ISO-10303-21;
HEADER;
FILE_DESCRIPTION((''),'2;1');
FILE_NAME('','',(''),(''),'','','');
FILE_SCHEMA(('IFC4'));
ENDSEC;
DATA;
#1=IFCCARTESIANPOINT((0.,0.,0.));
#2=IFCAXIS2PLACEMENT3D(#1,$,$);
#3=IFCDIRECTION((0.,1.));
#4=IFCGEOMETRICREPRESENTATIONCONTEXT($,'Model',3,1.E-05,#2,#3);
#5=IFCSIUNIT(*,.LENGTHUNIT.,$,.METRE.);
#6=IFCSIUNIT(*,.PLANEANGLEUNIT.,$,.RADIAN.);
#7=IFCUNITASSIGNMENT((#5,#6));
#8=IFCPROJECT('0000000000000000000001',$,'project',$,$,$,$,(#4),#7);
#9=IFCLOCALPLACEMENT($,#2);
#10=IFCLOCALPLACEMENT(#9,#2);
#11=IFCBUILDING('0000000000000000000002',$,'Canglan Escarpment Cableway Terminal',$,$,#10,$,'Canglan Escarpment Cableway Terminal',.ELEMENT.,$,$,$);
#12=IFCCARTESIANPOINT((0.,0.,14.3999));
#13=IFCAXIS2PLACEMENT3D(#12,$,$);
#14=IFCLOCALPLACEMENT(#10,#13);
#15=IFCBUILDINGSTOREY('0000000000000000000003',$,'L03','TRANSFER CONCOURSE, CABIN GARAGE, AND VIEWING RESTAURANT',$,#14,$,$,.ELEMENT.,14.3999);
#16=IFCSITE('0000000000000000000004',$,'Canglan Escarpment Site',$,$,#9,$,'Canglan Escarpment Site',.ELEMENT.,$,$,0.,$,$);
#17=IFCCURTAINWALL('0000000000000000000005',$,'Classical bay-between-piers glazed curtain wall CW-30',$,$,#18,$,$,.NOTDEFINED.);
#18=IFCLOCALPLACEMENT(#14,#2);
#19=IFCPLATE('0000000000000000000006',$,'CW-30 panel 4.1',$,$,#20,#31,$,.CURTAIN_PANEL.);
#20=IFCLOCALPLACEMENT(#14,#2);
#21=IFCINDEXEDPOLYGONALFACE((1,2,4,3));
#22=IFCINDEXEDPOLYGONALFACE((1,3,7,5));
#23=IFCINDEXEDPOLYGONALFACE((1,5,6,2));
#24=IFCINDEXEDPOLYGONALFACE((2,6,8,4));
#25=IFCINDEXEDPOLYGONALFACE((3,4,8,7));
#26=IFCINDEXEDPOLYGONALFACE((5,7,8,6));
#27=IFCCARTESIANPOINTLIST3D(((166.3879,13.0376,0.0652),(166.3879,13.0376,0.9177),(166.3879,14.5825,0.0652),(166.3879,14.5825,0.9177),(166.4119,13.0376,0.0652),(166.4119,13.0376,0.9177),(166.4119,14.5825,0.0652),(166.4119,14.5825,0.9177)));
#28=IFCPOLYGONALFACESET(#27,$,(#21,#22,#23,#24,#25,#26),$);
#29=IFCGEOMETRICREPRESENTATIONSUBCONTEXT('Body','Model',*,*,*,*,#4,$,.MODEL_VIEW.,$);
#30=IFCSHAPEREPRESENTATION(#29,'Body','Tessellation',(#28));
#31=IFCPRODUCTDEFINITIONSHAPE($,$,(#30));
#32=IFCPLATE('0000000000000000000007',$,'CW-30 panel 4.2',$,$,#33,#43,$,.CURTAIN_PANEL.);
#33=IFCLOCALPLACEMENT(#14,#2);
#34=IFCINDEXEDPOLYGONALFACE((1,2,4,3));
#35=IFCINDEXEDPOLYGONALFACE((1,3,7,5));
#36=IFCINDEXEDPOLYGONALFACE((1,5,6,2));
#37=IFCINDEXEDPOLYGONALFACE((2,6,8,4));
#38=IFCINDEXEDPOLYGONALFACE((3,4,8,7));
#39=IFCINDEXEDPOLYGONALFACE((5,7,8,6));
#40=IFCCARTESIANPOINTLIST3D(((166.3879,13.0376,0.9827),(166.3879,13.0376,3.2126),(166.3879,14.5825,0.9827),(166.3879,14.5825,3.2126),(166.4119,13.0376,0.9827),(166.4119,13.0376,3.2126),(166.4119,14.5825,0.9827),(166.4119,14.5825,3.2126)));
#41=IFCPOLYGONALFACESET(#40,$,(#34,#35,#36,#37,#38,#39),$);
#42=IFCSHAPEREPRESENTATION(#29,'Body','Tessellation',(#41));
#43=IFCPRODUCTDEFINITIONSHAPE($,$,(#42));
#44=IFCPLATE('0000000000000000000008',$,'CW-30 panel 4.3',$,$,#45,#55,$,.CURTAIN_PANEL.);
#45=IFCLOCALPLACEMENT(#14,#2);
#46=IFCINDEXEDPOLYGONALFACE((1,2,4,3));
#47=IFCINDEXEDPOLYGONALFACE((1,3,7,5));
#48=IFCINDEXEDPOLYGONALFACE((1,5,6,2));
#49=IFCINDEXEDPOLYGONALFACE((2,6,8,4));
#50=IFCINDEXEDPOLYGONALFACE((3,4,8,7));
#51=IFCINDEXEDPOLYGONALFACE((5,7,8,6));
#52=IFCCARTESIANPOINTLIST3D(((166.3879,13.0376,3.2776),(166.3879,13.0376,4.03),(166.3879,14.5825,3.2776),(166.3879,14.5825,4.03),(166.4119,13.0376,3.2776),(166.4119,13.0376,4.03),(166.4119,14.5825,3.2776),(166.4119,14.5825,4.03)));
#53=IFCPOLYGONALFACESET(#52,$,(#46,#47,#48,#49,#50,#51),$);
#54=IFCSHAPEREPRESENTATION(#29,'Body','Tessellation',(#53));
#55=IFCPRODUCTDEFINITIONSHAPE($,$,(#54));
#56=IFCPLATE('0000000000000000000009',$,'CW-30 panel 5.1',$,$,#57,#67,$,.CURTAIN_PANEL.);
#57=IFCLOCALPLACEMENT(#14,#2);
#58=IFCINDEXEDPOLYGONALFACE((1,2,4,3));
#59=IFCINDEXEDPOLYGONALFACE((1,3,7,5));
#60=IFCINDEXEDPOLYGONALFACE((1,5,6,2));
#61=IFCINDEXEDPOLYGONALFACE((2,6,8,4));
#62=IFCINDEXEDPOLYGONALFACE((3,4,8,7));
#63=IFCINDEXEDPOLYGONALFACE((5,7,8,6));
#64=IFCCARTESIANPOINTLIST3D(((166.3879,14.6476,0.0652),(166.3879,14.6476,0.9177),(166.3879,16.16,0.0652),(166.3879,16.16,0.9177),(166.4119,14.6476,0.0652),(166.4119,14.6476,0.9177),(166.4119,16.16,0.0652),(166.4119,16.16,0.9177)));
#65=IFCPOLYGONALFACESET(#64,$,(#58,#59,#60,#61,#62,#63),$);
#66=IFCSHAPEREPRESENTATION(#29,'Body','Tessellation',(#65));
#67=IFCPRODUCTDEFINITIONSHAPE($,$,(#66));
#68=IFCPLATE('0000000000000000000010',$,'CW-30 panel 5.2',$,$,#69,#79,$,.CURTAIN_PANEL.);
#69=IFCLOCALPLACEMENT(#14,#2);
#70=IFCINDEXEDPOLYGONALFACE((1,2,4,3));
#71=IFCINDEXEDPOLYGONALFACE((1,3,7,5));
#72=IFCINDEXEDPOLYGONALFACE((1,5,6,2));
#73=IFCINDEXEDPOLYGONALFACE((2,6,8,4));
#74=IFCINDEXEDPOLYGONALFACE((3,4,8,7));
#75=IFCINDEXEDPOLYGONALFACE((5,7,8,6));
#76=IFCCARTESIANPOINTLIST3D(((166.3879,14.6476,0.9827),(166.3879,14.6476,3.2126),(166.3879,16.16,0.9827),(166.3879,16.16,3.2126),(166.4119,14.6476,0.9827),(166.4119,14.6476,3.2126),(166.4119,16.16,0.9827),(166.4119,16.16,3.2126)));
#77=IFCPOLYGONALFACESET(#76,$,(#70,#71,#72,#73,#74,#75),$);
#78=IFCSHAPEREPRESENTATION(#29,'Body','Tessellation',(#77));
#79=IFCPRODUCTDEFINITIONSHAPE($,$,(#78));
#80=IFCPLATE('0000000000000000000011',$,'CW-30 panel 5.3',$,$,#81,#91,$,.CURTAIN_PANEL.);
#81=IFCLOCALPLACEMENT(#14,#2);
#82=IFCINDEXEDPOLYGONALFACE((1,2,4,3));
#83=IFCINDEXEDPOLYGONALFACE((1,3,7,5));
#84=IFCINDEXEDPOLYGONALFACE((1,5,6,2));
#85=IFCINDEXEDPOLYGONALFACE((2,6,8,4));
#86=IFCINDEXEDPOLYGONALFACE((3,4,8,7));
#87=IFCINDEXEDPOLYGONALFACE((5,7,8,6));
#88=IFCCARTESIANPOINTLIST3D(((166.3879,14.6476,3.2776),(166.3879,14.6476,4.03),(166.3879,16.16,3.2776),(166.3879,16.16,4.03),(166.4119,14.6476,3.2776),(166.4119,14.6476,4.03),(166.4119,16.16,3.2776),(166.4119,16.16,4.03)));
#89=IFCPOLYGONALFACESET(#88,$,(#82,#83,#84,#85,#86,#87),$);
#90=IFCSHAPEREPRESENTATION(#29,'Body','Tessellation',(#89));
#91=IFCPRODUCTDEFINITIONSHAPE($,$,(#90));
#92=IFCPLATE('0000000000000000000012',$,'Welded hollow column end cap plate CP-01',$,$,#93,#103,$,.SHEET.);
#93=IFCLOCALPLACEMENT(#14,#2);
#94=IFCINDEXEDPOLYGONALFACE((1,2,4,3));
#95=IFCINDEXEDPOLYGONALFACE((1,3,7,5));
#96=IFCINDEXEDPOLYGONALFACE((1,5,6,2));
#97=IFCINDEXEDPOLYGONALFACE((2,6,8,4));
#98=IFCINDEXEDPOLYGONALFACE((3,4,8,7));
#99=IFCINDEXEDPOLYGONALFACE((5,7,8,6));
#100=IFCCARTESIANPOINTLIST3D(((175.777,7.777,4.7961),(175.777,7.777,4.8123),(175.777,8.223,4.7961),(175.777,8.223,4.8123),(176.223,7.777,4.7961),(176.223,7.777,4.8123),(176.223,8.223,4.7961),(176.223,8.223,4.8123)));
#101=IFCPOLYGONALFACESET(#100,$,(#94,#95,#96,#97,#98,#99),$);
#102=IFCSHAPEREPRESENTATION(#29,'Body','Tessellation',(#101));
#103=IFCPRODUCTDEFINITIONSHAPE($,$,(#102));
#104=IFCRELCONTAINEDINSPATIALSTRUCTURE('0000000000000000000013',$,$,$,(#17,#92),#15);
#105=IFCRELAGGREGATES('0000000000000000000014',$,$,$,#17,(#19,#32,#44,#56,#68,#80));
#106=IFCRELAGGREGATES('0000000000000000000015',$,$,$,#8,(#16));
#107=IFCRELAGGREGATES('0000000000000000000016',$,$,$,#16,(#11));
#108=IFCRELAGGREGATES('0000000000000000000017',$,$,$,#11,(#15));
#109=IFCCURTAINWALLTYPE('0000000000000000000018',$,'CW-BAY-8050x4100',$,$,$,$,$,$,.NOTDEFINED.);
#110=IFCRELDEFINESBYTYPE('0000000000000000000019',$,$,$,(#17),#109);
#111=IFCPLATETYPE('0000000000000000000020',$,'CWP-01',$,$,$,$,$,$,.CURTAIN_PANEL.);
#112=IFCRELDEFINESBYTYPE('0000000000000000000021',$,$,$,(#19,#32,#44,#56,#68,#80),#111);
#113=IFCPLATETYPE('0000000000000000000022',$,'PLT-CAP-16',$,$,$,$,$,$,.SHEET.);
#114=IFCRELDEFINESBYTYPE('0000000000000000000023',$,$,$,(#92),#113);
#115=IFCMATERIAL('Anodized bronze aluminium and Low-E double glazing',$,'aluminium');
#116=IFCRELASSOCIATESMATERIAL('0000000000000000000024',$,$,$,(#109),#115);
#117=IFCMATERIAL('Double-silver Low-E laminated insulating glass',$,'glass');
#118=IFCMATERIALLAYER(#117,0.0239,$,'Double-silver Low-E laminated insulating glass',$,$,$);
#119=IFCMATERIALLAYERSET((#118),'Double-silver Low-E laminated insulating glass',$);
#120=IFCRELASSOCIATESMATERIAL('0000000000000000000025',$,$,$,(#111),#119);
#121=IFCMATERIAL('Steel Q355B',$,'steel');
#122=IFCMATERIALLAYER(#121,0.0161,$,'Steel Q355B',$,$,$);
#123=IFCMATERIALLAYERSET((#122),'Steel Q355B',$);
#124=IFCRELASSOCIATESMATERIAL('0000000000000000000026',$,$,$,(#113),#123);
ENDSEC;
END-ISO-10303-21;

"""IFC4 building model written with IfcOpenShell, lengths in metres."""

from ifc_helpers import new_model, si_unit, direction, frame, origin, origin_2d, place, context, subcontext, project, spatial, rectangle, extrude, material, layer, layer_set, type_object, element, aggregate, save


model = new_model("IFC4")

# Units and contexts
model_context = context("Model", 3, precision=1e-05, world=origin(), true_north=direction((0.0, 1.0)))
body_context = subcontext(model_context, "Body", "Model", "MODEL_VIEW")
ifc_project = project(units=[si_unit("LENGTHUNIT", "METRE"), si_unit("PLANEANGLEUNIT", "RADIAN")], contexts=[model_context])

# Site, building, storey
site_placement = place(None, origin())
site = spatial("IfcSite", under=ifc_project, at=site_placement, Name="Canglan Escarpment Site", LongName="Canglan Escarpment Site", CompositionType="ELEMENT", RefElevation=0.0)
building_placement = place(site_placement, origin())
building = spatial("IfcBuilding", under=site, at=building_placement, Name="Canglan Escarpment Cableway Terminal", LongName="Canglan Escarpment Cableway Terminal", CompositionType="ELEMENT")
storey_placement = place(building_placement, frame((0.0, 0.0, 14.3999)))
storey = spatial("IfcBuildingStorey", under=building, at=storey_placement, Name="L03", Description="TRANSFER CONCOURSE, CABIN GARAGE, AND VIEWING RESTAURANT", CompositionType="ELEMENT", Elevation=14.3999)

# Shared definitions
ifc_material_1 = material(Name="Steel Q355B", Category="steel")

# Curtain wall
ifc_material_2 = material(Name="Anodized bronze aluminium and Low-E double glazing", Category="aluminium")
curtain_wall_type = type_object("IfcCurtainWallType", Name="CW-BAY-8050x4100", PredefinedType="NOTDEFINED", material=ifc_material_2)
curtain_wall_placement = place(storey_placement, origin())
curtain_wall = element("IfcCurtainWall", 1, at=curtain_wall_placement, inside=storey, type_object=curtain_wall_type, Name="Classical bay-between-piers glazed curtain wall CW-30", PredefinedType="NOTDEFINED")

# Plates
ifc_material_3 = material(Name="Double-silver Low-E laminated insulating glass", Category="glass")
ifc_layer_1 = layer(ifc_material_3, 0.0239, Name="Double-silver Low-E laminated insulating glass")
ifc_layer_set_1 = layer_set([ifc_layer_1], Name="Double-silver Low-E laminated insulating glass")
plate_type_1 = type_object("IfcPlateType", Name="CWP-01", PredefinedType="CURTAIN_PANEL", material=ifc_layer_set_1)
plate_1_placement = place(storey_placement, frame((166.3999, 13.8101, 0.0652), z_axis=(0.0, 0.0, 1.0), x_axis=(0.0, 1.0, 0.0)))
plate_1 = element("IfcPlate", 2, at=plate_1_placement, type_object=plate_type_1, Name="CW-30 panel 4.1", PredefinedType="CURTAIN_PANEL", context=body_context, shape_type="SweptSolid", body=[
    extrude(rectangle(XDim=1.5449, YDim=0.0239, at=origin_2d()), origin(), (0.0, 0.0, 1.0), 0.8525),
])
plate_2_placement = place(storey_placement, frame((166.3999, 13.8101, 0.9827), z_axis=(0.0, 0.0, 1.0), x_axis=(0.0, 1.0, 0.0)))
plate_2 = element("IfcPlate", 3, at=plate_2_placement, type_object=plate_type_1, Name="CW-30 panel 4.2", PredefinedType="CURTAIN_PANEL", context=body_context, shape_type="SweptSolid", body=[
    extrude(rectangle(XDim=1.5449, YDim=0.0239, at=origin_2d()), origin(), (0.0, 0.0, 1.0), 2.23),
])
plate_3_placement = place(storey_placement, frame((166.3999, 13.8101, 3.2776), z_axis=(0.0, 0.0, 1.0), x_axis=(0.0, 1.0, 0.0)))
plate_3 = element("IfcPlate", 4, at=plate_3_placement, type_object=plate_type_1, Name="CW-30 panel 4.3", PredefinedType="CURTAIN_PANEL", context=body_context, shape_type="SweptSolid", body=[
    extrude(rectangle(XDim=1.5449, YDim=0.0239, at=origin_2d()), origin(), (0.0, 0.0, 1.0), 0.7524),
])
plate_4_placement = place(storey_placement, frame((166.3999, 15.4038, 0.0652), z_axis=(0.0, 0.0, 1.0), x_axis=(0.0, 1.0, 0.0)))
plate_4 = element("IfcPlate", 5, at=plate_4_placement, type_object=plate_type_1, Name="CW-30 panel 5.1", PredefinedType="CURTAIN_PANEL", context=body_context, shape_type="SweptSolid", body=[
    extrude(rectangle(XDim=1.5125, YDim=0.0239, at=origin_2d()), origin(), (0.0, 0.0, 1.0), 0.8525),
])
plate_5_placement = place(storey_placement, frame((166.3999, 15.4038, 0.9827), z_axis=(0.0, 0.0, 1.0), x_axis=(0.0, 1.0, 0.0)))
plate_5 = element("IfcPlate", 6, at=plate_5_placement, type_object=plate_type_1, Name="CW-30 panel 5.2", PredefinedType="CURTAIN_PANEL", context=body_context, shape_type="SweptSolid", body=[
    extrude(rectangle(XDim=1.5125, YDim=0.0239, at=origin_2d()), origin(), (0.0, 0.0, 1.0), 2.23),
])
plate_6_placement = place(storey_placement, frame((166.3999, 15.4038, 3.2776), z_axis=(0.0, 0.0, 1.0), x_axis=(0.0, 1.0, 0.0)))
plate_6 = element("IfcPlate", 7, at=plate_6_placement, type_object=plate_type_1, Name="CW-30 panel 5.3", PredefinedType="CURTAIN_PANEL", context=body_context, shape_type="SweptSolid", body=[
    extrude(rectangle(XDim=1.5125, YDim=0.0239, at=origin_2d()), origin(), (0.0, 0.0, 1.0), 0.7524),
])
aggregate(curtain_wall, [plate_1, plate_2, plate_3, plate_4, plate_5, plate_6])
ifc_layer_2 = layer(ifc_material_1, 0.0161, Name="Steel Q355B")
ifc_layer_set_2 = layer_set([ifc_layer_2], Name="Steel Q355B")
plate_type_2 = type_object("IfcPlateType", Name="PLT-CAP-16", PredefinedType="SHEET", material=ifc_layer_set_2)
plate_7_placement = place(storey_placement, frame((176.0, 8.0, 4.7961), z_axis=(0.0, 0.0, 1.0), x_axis=(1.0, 0.0, 0.0)))
element("IfcPlate", 8, at=plate_7_placement, inside=storey, type_object=plate_type_2, Name="Welded hollow column end cap plate CP-01", PredefinedType="SHEET", context=body_context, shape_type="SweptSolid", body=[
    extrude(rectangle(XDim=0.446, YDim=0.446, at=origin_2d()), origin(), (0.0, 0.0, 1.0), 0.0161),
])

save(model, "model.ifc")
